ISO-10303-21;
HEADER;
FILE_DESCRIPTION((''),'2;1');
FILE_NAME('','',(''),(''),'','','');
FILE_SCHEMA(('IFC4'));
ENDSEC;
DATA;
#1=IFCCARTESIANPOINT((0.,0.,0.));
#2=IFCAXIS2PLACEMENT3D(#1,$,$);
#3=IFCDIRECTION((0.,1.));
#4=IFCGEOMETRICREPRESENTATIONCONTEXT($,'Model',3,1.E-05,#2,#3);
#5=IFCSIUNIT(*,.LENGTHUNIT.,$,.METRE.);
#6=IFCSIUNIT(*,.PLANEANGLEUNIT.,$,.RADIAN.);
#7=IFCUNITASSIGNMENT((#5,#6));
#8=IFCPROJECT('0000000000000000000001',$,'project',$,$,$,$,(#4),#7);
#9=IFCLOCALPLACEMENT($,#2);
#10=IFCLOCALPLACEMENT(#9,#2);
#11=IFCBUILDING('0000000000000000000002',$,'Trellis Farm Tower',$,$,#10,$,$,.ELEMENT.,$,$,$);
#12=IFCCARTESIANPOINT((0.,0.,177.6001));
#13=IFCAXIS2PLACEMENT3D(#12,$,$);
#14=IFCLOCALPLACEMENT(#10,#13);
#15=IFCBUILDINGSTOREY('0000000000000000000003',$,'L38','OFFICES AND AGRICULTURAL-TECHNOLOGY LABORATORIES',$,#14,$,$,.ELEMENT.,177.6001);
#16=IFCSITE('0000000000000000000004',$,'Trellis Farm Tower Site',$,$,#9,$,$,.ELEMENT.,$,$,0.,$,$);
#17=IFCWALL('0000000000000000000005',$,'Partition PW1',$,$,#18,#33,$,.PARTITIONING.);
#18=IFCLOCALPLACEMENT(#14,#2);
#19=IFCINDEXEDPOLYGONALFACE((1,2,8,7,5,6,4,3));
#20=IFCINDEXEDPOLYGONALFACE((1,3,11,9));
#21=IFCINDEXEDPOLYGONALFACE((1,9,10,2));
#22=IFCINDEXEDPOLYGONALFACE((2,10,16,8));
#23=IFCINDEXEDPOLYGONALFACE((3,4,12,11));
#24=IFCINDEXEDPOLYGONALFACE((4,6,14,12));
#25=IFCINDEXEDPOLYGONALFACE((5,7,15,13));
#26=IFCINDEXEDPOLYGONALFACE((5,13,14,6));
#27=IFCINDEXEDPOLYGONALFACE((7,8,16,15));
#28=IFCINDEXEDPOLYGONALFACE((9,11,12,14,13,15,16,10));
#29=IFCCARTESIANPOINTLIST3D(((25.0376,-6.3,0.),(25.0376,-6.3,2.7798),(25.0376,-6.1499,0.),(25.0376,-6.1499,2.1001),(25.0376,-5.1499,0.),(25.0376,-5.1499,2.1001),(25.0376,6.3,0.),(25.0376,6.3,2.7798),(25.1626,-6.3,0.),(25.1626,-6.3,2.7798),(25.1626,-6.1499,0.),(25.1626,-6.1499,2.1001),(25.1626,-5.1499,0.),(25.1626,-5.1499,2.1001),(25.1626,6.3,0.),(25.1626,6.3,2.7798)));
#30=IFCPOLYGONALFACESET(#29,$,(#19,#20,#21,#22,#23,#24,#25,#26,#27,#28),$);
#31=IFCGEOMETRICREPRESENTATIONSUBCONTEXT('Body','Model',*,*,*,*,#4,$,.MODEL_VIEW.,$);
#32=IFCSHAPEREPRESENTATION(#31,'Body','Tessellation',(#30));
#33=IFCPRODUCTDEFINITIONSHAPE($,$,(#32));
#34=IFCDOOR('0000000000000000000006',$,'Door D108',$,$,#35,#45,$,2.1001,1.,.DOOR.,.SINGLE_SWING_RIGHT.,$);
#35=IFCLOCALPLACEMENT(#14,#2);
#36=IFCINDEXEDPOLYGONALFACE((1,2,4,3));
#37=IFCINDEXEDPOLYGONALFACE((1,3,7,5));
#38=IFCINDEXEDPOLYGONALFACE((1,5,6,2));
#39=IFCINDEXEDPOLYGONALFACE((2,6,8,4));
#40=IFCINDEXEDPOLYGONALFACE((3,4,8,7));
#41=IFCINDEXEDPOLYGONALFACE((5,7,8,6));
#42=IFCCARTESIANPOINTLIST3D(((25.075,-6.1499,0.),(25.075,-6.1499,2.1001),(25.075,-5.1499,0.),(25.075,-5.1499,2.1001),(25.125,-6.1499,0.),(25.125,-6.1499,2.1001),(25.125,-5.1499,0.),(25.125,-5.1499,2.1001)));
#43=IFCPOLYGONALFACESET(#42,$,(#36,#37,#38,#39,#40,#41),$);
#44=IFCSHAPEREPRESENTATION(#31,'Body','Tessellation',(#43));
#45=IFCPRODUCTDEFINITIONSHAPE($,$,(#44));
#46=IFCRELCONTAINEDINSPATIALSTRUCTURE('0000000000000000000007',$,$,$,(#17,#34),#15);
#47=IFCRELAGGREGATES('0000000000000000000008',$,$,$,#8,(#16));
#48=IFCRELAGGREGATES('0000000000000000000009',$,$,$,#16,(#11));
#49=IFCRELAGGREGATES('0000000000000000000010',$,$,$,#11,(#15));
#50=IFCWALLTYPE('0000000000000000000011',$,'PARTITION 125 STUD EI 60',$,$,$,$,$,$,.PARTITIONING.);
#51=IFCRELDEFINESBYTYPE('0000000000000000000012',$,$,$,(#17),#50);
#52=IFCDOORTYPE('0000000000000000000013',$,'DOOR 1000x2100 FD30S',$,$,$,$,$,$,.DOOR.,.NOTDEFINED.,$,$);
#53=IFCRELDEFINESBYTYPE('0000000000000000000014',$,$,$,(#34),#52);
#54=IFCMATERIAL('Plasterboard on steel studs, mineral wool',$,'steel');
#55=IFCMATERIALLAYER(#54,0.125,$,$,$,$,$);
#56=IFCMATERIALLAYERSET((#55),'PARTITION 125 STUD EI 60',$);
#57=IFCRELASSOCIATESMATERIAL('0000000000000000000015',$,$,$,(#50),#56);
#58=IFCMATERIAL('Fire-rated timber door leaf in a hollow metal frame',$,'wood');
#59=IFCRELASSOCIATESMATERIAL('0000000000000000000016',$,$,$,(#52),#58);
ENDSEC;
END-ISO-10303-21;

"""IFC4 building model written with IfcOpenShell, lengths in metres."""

from ifc_helpers import new_model, si_unit, direction, frame, frame_2d, origin, place, context, subcontext, project, spatial, rectangle, extrude, source, transform, mapped, material, layer, layer_set, type_object, element, fill, save


model = new_model("IFC4")

# Units and contexts
model_context = context("Model", 3, precision=1e-05, world=origin(), true_north=direction((0.0, 1.0)))
body_context = subcontext(model_context, "Body", "Model", "MODEL_VIEW")
ifc_project = project(units=[si_unit("LENGTHUNIT", "METRE"), si_unit("PLANEANGLEUNIT", "RADIAN")], contexts=[model_context])

# Site, building, storey
site_placement = place(None, origin())
site = spatial("IfcSite", under=ifc_project, at=site_placement, Name="Trellis Farm Tower Site", CompositionType="ELEMENT", RefElevation=0.0)
building_placement = place(site_placement, origin())
building = spatial("IfcBuilding", under=site, at=building_placement, Name="Trellis Farm Tower", CompositionType="ELEMENT")
storey_placement = place(building_placement, frame((0.0, 0.0, 177.6001)))
storey = spatial("IfcBuildingStorey", under=building, at=storey_placement, Name="L38", Description="OFFICES AND AGRICULTURAL-TECHNOLOGY LABORATORIES", CompositionType="ELEMENT", Elevation=177.6001)

# Wall, opening, door
ifc_material_1 = material(Name="Plasterboard on steel studs, mineral wool", Category="steel")
ifc_layer_1 = layer(ifc_material_1, 0.125)
ifc_layer_set_1 = layer_set([ifc_layer_1], Name="PARTITION 125 STUD EI 60")
wall_type_1 = type_object("IfcWallType", Name="PARTITION 125 STUD EI 60", PredefinedType="PARTITIONING", material=ifc_layer_set_1)
shared_shape_1 = source(origin(), body_context, "Body", "SweptSolid", [
    extrude(rectangle(XDim=12.6001, YDim=0.125, at=frame_2d((6.3, 0.0))), origin(), (0.0, 0.0, 1.0), 2.7798),
])
wall_1_placement = place(storey_placement, frame((25.1001, 6.3, 0.0), z_axis=(0.0, 0.0, 1.0), x_axis=(0.0, -1.0, 0.0)))
wall_1 = element("IfcWall", 1, at=wall_1_placement, inside=storey, type_object=wall_type_1, Name="Partition PW1", PredefinedType="PARTITIONING", context=body_context, shape_type="MappedRepresentation", body=[
    mapped(shared_shape_1, transform((0.0, 0.0, 0.0))),
])
shared_shape_2 = source(origin(), body_context, "Body", "SweptSolid", [
    extrude(rectangle(XDim=1.0, YDim=2.1001, at=frame_2d((0.5, 1.05))), frame((0.0, 0.0725, 0.0), z_axis=(0.0, -1.0, 0.0), x_axis=(1.0, 0.0, 0.0)), (0.0, 0.0, 1.0), 0.145),
])
opening_1_placement = place(wall_1_placement, frame((11.45, 0.0, 0.0)))
opening_1 = element("IfcOpeningElement", 2, at=opening_1_placement, cuts=wall_1, PredefinedType="OPENING", context=body_context, shape_type="MappedRepresentation", body=[
    mapped(shared_shape_2, transform((0.0, 0.0, 0.0))),
])
ifc_material_2 = material(Name="Fire-rated timber door leaf in a hollow metal frame", Category="wood")
door_type_1 = type_object("IfcDoorType", Name="DOOR 1000x2100 FD30S", OperationType="NOTDEFINED", PredefinedType="DOOR", material=ifc_material_2)
shared_shape_3 = source(origin(), body_context, "Body", "SweptSolid", [
    extrude(rectangle(XDim=1.0, YDim=2.1001, at=frame_2d((0.5, 1.05))), frame((0.0, 0.0249, 0.0), z_axis=(0.0, -1.0, 0.0), x_axis=(1.0, 0.0, 0.0)), (0.0, 0.0, 1.0), 0.05),
])
door_1_placement = place(opening_1_placement, origin())
door_1 = element("IfcDoor", 3, at=door_1_placement, inside=storey, type_object=door_type_1, Name="Door D108", OperationType="SINGLE_SWING_RIGHT", OverallHeight=2.1001, OverallWidth=1.0, PredefinedType="DOOR", context=body_context, shape_type="MappedRepresentation", body=[
    mapped(shared_shape_3, transform((0.0, 0.0, 0.0))),
])
fill(opening_1, door_1)

save(model, "model.ifc")
